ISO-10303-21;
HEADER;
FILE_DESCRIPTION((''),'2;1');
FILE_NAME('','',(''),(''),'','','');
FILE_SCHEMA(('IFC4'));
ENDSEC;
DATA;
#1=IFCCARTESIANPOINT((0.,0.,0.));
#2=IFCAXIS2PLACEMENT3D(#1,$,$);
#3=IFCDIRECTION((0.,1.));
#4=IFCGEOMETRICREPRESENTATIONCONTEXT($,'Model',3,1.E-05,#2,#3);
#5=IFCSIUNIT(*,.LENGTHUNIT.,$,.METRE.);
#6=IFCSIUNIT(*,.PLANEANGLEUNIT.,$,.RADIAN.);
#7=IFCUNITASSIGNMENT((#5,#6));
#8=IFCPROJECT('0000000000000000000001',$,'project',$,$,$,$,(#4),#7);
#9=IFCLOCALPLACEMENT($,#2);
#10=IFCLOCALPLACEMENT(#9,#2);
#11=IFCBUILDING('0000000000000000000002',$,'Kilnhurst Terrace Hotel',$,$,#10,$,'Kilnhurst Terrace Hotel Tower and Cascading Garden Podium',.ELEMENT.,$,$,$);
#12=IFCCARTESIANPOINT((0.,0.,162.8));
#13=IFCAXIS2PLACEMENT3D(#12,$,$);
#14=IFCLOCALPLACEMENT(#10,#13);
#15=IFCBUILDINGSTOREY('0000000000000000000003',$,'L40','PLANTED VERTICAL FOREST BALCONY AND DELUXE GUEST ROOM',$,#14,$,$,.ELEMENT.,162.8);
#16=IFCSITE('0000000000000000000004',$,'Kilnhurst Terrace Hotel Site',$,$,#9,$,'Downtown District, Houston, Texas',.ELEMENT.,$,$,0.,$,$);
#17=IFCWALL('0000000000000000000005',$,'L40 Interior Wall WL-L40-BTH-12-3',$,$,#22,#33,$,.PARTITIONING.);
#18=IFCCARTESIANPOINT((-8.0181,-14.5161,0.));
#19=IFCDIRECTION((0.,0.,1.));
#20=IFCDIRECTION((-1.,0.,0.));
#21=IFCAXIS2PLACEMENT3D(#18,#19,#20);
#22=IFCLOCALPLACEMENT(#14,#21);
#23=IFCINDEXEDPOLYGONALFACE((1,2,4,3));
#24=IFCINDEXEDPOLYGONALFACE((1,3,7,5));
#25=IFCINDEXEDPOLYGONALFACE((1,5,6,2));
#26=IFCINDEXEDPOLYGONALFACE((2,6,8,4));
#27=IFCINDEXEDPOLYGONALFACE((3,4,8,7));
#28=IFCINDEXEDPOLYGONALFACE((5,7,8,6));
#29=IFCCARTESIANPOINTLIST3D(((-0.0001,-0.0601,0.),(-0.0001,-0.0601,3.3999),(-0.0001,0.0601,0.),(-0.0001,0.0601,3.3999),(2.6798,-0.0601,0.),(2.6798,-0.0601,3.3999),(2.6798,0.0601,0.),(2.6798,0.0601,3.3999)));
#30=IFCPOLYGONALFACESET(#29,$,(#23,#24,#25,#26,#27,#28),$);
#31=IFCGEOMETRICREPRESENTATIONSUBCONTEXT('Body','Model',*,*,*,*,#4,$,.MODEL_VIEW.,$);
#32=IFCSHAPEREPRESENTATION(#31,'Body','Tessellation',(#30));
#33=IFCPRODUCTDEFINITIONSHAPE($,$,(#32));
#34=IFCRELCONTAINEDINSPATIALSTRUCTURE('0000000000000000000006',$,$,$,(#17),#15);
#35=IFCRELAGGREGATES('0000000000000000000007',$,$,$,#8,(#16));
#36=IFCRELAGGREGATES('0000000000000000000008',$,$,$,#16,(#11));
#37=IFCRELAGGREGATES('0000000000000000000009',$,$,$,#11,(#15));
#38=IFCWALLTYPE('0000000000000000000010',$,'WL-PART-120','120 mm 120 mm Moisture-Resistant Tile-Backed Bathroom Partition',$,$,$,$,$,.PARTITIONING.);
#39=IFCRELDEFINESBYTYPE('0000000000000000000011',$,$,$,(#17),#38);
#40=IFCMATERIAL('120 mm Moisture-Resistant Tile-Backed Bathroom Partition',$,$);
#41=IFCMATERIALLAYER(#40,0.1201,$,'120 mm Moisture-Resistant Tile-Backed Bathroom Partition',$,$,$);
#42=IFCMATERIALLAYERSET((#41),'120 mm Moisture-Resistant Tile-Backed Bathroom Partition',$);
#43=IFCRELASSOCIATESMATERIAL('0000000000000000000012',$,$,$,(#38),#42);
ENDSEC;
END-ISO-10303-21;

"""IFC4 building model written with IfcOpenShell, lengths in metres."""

from ifc_helpers import new_model, si_unit, direction, frame, frame_2d, origin, place, context, subcontext, project, spatial, rectangle, extrude, material, layer, layer_set, type_object, element, save


model = new_model("IFC4")

# Units and contexts
model_context = context("Model", 3, precision=1e-05, world=origin(), true_north=direction((0.0, 1.0)))
body_context = subcontext(model_context, "Body", "Model", "MODEL_VIEW")
ifc_project = project(units=[si_unit("LENGTHUNIT", "METRE"), si_unit("PLANEANGLEUNIT", "RADIAN")], contexts=[model_context])

# Site, building, storey
site_placement = place(None, origin())
site = spatial("IfcSite", under=ifc_project, at=site_placement, Name="Kilnhurst Terrace Hotel Site", LongName="Downtown District, Houston, Texas", CompositionType="ELEMENT", RefElevation=0.0)
building_placement = place(site_placement, origin())
building = spatial("IfcBuilding", under=site, at=building_placement, Name="Kilnhurst Terrace Hotel", LongName="Kilnhurst Terrace Hotel Tower and Cascading Garden Podium", CompositionType="ELEMENT")
storey_placement = place(building_placement, frame((0.0, 0.0, 162.8)))
storey = spatial("IfcBuildingStorey", under=building, at=storey_placement, Name="L40", Description="PLANTED VERTICAL FOREST BALCONY AND DELUXE GUEST ROOM", CompositionType="ELEMENT", Elevation=162.8)

# Shared definitions
ifc_material_1 = material(Name="120 mm Moisture-Resistant Tile-Backed Bathroom Partition")
ifc_layer_1 = layer(ifc_material_1, 0.1201, Name="120 mm Moisture-Resistant Tile-Backed Bathroom Partition")
ifc_layer_set_1 = layer_set([ifc_layer_1], Name="120 mm Moisture-Resistant Tile-Backed Bathroom Partition")
wall_type_1 = type_object("IfcWallType", Name="WL-PART-120", Description="120 mm 120 mm Moisture-Resistant Tile-Backed Bathroom Partition", PredefinedType="PARTITIONING", material=ifc_layer_set_1)

# Wall
wall_1_placement = place(storey_placement, frame((-8.0181, -14.5161, 0.0), z_axis=(0.0, 0.0, 1.0), x_axis=(-1.0, 0.0, 0.0)))
element("IfcWall", 1, at=wall_1_placement, inside=storey, type_object=wall_type_1, Name="L40 Interior Wall WL-L40-BTH-12-3", PredefinedType="PARTITIONING", context=body_context, shape_type="SweptSolid", body=[
    extrude(rectangle(XDim=2.6799, YDim=0.1201, at=frame_2d((1.3398, 0.0))), origin(), (0.0, 0.0, 1.0), 3.3999),
])

save(model, "model.ifc")
